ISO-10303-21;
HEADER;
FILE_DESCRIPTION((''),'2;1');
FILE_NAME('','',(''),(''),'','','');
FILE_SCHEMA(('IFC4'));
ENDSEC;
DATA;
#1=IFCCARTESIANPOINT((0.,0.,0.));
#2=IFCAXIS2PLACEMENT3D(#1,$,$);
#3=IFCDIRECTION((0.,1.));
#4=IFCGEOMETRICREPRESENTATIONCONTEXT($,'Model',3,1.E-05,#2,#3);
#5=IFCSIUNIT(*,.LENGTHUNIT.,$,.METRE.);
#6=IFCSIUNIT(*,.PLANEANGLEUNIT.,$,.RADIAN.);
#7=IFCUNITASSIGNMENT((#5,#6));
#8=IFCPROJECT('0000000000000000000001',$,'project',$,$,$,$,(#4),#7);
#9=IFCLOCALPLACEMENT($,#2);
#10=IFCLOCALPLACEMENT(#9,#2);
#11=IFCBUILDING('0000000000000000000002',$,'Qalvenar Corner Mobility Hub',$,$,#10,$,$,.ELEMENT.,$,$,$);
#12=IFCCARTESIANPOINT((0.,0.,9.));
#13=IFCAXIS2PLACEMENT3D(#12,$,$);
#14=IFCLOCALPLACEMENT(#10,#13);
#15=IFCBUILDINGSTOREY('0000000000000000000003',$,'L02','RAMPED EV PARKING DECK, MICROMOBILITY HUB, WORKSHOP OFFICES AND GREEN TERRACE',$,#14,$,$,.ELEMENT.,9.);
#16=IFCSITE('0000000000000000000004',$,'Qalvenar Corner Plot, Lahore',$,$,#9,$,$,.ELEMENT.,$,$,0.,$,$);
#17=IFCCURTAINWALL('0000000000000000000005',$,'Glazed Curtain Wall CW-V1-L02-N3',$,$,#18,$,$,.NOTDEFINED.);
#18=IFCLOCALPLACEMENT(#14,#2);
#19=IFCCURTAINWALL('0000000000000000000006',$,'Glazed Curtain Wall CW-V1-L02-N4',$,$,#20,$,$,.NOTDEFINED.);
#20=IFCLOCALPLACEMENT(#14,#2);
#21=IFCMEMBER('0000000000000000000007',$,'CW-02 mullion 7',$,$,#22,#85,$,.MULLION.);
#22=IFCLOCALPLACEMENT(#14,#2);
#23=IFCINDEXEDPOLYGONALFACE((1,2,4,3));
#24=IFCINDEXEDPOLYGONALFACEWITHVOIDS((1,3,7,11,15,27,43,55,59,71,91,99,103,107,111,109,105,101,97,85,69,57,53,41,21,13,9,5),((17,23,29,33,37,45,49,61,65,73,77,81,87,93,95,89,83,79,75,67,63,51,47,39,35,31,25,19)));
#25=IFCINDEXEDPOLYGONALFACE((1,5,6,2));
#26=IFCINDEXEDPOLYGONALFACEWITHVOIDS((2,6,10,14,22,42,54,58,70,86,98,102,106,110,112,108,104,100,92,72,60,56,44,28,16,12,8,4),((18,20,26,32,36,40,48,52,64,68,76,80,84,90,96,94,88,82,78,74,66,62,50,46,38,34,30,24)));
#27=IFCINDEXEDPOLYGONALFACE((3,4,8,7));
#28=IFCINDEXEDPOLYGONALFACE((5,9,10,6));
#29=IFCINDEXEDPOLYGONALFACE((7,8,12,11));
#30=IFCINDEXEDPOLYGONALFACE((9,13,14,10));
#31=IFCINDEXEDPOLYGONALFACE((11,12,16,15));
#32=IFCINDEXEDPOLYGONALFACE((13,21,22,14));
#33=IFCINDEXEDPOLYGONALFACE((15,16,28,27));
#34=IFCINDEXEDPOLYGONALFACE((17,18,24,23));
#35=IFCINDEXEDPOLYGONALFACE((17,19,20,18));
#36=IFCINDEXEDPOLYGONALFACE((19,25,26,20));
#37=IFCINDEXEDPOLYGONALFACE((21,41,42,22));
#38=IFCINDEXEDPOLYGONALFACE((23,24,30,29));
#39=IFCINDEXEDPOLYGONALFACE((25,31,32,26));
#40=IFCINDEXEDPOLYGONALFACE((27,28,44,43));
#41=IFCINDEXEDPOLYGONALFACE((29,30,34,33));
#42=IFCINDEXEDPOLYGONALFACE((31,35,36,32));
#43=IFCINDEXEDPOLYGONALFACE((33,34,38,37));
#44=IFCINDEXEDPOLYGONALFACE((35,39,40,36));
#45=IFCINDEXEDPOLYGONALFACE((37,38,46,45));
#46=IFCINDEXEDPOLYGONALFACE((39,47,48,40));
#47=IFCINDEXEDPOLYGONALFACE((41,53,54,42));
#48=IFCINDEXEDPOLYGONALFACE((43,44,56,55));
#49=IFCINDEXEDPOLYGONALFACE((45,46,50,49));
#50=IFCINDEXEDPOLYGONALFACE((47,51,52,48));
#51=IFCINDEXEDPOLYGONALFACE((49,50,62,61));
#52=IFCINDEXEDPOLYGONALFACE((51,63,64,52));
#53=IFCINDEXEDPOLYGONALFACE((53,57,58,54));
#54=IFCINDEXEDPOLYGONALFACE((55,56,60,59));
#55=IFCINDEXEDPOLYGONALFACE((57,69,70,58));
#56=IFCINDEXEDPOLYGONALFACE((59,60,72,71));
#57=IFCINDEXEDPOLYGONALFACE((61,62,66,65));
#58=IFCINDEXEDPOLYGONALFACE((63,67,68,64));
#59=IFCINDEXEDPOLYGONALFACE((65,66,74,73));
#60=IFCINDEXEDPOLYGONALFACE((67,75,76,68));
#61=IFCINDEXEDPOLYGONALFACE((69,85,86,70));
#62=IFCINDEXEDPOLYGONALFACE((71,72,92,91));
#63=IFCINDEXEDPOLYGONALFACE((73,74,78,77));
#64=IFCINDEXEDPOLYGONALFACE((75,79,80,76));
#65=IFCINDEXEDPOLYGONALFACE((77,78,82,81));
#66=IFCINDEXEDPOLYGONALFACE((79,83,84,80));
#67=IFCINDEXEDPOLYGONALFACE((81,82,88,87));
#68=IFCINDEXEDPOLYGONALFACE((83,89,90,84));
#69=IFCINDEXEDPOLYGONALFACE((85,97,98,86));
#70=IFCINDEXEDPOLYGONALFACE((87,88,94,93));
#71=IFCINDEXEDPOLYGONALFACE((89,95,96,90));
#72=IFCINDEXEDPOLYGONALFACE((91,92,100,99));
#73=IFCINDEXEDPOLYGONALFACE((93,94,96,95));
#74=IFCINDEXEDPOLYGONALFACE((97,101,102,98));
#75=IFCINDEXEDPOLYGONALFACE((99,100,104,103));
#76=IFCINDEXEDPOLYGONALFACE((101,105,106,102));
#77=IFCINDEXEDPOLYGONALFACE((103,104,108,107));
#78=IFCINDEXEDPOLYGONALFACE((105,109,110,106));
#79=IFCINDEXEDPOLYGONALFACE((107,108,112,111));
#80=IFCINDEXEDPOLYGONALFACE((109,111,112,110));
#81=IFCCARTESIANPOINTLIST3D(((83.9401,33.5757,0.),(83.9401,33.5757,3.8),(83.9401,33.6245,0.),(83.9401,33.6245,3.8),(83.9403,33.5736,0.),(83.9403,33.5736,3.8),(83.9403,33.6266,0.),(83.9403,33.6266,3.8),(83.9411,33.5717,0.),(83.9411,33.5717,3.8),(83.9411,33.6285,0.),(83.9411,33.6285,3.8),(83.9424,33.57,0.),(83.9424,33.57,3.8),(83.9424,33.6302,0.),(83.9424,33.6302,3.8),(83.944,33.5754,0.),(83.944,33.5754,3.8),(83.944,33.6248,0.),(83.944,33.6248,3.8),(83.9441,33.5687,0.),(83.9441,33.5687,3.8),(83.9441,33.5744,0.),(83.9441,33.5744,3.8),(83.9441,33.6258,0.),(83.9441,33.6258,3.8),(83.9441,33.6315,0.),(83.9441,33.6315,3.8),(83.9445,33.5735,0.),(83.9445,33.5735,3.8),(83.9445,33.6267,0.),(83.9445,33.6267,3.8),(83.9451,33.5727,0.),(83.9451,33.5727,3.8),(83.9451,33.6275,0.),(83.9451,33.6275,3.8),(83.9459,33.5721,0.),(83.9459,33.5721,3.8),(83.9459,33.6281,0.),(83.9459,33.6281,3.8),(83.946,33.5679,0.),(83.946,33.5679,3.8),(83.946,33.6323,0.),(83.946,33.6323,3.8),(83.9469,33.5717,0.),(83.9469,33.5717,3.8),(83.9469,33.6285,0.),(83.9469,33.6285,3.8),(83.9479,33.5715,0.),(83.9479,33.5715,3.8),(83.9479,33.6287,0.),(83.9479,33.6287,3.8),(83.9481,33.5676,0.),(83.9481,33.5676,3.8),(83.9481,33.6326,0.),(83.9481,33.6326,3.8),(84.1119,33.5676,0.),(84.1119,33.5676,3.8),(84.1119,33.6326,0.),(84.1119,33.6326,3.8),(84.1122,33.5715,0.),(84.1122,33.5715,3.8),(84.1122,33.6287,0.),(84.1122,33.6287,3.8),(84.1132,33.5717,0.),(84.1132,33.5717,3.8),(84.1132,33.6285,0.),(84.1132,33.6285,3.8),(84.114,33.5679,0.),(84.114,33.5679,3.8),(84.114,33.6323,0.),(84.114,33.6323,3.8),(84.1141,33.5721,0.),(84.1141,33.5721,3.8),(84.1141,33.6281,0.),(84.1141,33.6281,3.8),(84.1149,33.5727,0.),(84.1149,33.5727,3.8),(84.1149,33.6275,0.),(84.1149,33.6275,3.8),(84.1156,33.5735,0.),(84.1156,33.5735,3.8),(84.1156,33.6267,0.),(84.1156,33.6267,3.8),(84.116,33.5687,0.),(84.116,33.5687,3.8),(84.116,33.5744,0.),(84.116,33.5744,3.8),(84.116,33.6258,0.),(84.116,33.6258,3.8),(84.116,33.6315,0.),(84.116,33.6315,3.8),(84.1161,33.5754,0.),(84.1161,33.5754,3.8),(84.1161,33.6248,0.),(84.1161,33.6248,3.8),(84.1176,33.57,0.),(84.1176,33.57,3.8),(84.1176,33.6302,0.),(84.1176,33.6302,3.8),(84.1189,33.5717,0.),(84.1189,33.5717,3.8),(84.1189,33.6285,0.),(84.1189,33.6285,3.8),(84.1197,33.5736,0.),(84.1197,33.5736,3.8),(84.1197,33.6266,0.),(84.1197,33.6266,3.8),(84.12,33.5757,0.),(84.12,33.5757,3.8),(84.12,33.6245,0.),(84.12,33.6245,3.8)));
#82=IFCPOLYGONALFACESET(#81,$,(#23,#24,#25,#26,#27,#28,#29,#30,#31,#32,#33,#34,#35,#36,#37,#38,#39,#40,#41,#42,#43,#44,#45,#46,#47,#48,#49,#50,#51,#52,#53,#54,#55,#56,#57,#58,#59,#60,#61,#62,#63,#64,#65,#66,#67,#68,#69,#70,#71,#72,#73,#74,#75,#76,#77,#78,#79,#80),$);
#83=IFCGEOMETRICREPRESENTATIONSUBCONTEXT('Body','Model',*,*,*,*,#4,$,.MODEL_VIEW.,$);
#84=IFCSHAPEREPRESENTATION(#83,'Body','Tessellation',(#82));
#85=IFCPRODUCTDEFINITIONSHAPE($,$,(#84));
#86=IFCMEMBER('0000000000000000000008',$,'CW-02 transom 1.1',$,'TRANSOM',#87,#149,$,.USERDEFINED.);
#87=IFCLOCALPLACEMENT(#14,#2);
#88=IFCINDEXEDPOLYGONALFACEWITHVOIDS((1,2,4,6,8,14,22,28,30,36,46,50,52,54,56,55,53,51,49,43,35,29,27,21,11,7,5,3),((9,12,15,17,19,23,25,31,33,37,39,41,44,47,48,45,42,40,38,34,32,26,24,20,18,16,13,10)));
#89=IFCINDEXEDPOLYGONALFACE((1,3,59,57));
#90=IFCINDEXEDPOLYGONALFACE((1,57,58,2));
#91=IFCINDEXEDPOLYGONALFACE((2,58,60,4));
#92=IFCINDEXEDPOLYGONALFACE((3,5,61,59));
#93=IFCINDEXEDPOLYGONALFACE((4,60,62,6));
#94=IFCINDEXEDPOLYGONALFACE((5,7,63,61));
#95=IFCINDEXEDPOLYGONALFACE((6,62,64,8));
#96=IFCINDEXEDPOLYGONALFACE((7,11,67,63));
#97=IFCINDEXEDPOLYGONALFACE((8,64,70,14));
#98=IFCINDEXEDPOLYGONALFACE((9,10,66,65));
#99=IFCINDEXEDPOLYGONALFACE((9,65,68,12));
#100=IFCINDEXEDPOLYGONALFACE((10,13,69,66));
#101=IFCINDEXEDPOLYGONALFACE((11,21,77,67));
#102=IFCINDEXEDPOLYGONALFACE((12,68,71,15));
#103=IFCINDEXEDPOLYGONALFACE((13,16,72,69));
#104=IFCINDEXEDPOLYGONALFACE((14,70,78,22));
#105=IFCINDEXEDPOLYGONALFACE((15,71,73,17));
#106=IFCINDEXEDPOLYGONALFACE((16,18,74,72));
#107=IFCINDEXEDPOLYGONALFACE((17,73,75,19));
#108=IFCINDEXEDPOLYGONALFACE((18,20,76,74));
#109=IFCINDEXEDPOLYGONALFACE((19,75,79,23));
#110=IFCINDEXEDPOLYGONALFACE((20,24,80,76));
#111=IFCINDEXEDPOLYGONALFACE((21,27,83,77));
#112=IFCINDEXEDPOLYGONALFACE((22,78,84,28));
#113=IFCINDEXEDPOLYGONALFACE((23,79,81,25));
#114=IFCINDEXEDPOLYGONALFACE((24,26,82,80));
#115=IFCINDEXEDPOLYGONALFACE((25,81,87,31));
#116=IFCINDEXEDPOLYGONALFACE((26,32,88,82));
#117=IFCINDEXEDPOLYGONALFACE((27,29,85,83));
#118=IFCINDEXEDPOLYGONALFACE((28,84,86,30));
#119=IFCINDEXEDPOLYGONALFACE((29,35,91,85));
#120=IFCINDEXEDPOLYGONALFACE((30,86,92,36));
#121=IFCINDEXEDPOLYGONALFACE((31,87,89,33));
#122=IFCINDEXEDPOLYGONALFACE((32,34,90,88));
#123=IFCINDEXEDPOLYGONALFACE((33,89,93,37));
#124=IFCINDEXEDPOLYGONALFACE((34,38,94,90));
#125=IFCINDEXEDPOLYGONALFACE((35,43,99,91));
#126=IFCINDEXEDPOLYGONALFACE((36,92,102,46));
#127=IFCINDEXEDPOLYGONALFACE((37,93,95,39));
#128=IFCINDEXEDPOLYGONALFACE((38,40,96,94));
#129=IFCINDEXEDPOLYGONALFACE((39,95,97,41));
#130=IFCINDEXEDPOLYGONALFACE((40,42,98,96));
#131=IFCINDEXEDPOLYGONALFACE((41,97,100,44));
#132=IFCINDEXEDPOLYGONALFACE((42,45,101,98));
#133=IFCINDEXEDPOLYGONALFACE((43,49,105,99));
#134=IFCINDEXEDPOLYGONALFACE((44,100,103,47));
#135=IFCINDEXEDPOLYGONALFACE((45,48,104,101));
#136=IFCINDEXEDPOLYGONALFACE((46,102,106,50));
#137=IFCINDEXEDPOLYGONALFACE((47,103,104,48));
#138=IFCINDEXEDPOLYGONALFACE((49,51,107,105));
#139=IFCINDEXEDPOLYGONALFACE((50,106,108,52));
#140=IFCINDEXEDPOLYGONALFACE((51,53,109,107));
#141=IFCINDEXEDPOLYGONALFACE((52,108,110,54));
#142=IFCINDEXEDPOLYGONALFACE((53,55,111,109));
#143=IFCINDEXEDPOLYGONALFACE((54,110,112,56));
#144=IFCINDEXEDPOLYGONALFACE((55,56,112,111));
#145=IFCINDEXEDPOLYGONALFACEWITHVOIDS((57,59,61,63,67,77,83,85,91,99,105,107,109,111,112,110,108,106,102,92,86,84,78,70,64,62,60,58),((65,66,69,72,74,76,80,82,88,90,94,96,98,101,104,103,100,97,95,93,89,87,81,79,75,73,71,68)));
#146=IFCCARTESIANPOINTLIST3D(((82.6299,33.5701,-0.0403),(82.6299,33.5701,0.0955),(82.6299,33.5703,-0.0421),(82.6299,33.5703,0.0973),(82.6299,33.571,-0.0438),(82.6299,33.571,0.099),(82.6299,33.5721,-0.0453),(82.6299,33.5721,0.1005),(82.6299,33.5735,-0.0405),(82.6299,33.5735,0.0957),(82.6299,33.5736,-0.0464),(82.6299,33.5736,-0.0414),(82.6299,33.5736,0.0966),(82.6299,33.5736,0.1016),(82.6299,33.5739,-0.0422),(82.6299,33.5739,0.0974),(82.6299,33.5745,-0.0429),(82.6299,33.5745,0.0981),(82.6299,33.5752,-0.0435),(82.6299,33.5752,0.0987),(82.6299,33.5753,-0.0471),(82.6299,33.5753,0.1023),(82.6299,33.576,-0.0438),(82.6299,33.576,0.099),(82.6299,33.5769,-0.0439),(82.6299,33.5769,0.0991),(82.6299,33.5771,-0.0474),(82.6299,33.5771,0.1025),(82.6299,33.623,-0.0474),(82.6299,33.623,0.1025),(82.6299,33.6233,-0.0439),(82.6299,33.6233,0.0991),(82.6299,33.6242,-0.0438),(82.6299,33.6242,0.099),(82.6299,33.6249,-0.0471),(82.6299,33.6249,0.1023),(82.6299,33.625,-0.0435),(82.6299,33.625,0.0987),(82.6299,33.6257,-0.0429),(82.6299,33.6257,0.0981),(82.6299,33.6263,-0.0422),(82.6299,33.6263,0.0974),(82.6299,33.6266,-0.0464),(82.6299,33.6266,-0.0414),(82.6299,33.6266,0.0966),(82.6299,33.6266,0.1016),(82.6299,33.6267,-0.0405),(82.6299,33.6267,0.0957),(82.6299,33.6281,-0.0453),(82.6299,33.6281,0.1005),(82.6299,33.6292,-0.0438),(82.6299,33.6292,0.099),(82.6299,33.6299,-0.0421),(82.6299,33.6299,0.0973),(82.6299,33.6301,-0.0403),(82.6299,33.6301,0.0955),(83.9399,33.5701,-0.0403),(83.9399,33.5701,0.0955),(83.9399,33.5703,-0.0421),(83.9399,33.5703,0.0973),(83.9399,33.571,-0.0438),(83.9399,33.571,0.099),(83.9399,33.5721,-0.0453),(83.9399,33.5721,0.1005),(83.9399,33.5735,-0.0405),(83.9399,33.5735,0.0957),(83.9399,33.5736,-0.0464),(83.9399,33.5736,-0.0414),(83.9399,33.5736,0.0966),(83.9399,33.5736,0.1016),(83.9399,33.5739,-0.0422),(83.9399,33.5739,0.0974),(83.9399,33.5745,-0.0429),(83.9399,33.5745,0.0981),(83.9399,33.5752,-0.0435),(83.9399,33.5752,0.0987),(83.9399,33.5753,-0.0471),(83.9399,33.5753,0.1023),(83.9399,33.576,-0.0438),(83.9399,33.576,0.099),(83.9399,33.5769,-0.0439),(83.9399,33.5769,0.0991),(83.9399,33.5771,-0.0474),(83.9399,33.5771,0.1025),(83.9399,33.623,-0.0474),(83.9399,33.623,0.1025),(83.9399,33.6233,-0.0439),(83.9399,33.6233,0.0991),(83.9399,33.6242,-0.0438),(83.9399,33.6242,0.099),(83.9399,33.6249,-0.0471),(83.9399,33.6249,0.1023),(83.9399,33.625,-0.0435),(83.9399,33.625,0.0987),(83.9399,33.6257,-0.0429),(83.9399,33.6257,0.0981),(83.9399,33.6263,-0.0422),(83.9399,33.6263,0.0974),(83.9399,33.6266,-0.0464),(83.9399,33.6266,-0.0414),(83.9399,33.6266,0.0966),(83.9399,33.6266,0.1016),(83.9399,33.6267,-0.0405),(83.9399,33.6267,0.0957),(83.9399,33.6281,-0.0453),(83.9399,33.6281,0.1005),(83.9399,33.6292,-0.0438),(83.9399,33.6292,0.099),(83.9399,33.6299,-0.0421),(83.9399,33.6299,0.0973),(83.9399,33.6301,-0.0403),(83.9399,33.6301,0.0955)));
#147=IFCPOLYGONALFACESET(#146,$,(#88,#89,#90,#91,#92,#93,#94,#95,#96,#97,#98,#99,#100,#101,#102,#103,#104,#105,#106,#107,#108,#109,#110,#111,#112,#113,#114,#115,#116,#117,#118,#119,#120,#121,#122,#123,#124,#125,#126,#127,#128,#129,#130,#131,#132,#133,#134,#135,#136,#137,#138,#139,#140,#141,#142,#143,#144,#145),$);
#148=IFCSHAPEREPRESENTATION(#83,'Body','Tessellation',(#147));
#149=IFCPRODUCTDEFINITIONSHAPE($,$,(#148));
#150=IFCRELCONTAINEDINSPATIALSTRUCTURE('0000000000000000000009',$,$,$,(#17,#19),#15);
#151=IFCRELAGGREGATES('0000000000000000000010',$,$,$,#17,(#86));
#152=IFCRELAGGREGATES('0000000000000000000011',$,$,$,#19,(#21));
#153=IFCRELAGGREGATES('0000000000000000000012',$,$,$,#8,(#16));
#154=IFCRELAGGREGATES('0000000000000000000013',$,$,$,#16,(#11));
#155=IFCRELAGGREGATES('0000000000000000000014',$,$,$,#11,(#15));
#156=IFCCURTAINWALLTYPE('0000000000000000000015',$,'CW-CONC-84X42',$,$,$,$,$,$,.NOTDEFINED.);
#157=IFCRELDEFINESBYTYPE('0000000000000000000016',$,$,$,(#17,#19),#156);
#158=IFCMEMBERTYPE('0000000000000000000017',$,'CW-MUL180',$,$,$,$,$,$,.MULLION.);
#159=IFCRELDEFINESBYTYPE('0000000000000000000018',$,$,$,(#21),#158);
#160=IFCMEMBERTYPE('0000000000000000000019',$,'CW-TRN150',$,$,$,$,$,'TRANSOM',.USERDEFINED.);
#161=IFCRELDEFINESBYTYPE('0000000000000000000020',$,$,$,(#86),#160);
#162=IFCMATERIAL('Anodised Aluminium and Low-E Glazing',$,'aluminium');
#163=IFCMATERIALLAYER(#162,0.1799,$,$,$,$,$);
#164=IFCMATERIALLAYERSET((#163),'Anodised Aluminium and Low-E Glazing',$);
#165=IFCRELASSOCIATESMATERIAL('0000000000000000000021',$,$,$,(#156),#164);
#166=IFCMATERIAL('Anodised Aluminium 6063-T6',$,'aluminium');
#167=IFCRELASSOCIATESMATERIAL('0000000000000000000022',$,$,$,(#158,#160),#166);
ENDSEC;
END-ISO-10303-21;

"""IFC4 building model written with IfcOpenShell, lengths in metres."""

from ifc_helpers import new_model, si_unit, direction, frame, origin, origin_2d, place, context, subcontext, project, spatial, hollow_rectangle, extrude, material, layer, layer_set, material_profile, profile_set, type_object, element, aggregate, save


model = new_model("IFC4")

# Units and contexts
model_context = context("Model", 3, precision=1e-05, world=origin(), true_north=direction((0.0, 1.0)))
body_context = subcontext(model_context, "Body", "Model", "MODEL_VIEW")
ifc_project = project(units=[si_unit("LENGTHUNIT", "METRE"), si_unit("PLANEANGLEUNIT", "RADIAN")], contexts=[model_context])

# Site, building, storey
site_placement = place(None, origin())
site = spatial("IfcSite", under=ifc_project, at=site_placement, Name="Qalvenar Corner Plot, Lahore", CompositionType="ELEMENT", RefElevation=0.0)
building_placement = place(site_placement, origin())
building = spatial("IfcBuilding", under=site, at=building_placement, Name="Qalvenar Corner Mobility Hub", CompositionType="ELEMENT")
storey_placement = place(building_placement, frame((0.0, 0.0, 9.0)))
storey = spatial("IfcBuildingStorey", under=building, at=storey_placement, Name="L02", Description="RAMPED EV PARKING DECK, MICROMOBILITY HUB, WORKSHOP OFFICES AND GREEN TERRACE", CompositionType="ELEMENT", Elevation=9.0)

# Curtain walls, member
ifc_material_1 = material(Name="Anodised Aluminium and Low-E Glazing", Category="aluminium")
ifc_layer_1 = layer(ifc_material_1, 0.1799)
ifc_layer_set_1 = layer_set([ifc_layer_1], Name="Anodised Aluminium and Low-E Glazing")
curtain_wall_type = type_object("IfcCurtainWallType", Name="CW-CONC-84X42", PredefinedType="NOTDEFINED", material=ifc_layer_set_1)
curtain_wall_1_placement = place(storey_placement, origin())
curtain_wall_1 = element("IfcCurtainWall", 1, at=curtain_wall_1_placement, inside=storey, type_object=curtain_wall_type, Name="Glazed Curtain Wall CW-V1-L02-N3", PredefinedType="NOTDEFINED")
ifc_material_2 = material(Name="Anodised Aluminium 6063-T6", Category="aluminium")
ifc_material_profile_1 = material_profile(ifc_material_2, hollow_rectangle(XDim=0.0649, YDim=0.1799, WallThickness=0.0039, InnerFilletRadius=0.0039, OuterFilletRadius=0.0081, at=origin_2d()), Name="RHS180x65x4")
ifc_profile_set_1 = profile_set([ifc_material_profile_1], Name="Anodised Aluminium 6063-T6")
member_type_1 = type_object("IfcMemberType", Name="CW-MUL180", PredefinedType="MULLION", material=ifc_profile_set_1)
curtain_wall_2_placement = place(storey_placement, origin())
curtain_wall_2 = element("IfcCurtainWall", 2, at=curtain_wall_2_placement, inside=storey, type_object=curtain_wall_type, Name="Glazed Curtain Wall CW-V1-L02-N4", PredefinedType="NOTDEFINED")
member_1_placement = place(storey_placement, frame((84.03, 33.6001, 0.0), z_axis=(0.0, 0.0, 1.0), x_axis=(0.0, -1.0, 0.0)))
member_1 = element("IfcMember", 3, at=member_1_placement, type_object=member_type_1, Name="CW-02 mullion 7", PredefinedType="MULLION", context=body_context, shape_type="SweptSolid", body=[
    extrude(hollow_rectangle(XDim=0.0649, YDim=0.1799, WallThickness=0.0039, InnerFilletRadius=0.0039, OuterFilletRadius=0.0081, at=origin_2d()), origin(), (0.0, 0.0, 1.0), 3.8),
])

# Member
ifc_material_profile_2 = material_profile(ifc_material_2, hollow_rectangle(XDim=0.0601, YDim=0.1499, WallThickness=0.0034, InnerFilletRadius=0.0034, OuterFilletRadius=0.0071, at=origin_2d()), Name="RHS150x60x3.5")
ifc_profile_set_2 = profile_set([ifc_material_profile_2], Name="Anodised Aluminium 6063-T6")
member_type_2 = type_object("IfcMemberType", Name="CW-TRN150", ElementType="TRANSOM", PredefinedType="USERDEFINED", material=ifc_profile_set_2)
member_2_placement = place(storey_placement, frame((83.9399, 33.6001, 0.0276), z_axis=(-1.0, 0.0, 0.0), x_axis=(0.0, -1.0, 0.0)))
member_2 = element("IfcMember", 4, at=member_2_placement, type_object=member_type_2, Name="CW-02 transom 1.1", ObjectType="TRANSOM", PredefinedType="USERDEFINED", context=body_context, shape_type="SweptSolid", body=[
    extrude(hollow_rectangle(XDim=0.0601, YDim=0.1499, WallThickness=0.0034, InnerFilletRadius=0.0034, OuterFilletRadius=0.0071, at=origin_2d()), origin(), (0.0, 0.0, 1.0), 1.3101),
])

aggregate(curtain_wall_1, [member_2])
aggregate(curtain_wall_2, [member_1])

save(model, "model.ifc")
